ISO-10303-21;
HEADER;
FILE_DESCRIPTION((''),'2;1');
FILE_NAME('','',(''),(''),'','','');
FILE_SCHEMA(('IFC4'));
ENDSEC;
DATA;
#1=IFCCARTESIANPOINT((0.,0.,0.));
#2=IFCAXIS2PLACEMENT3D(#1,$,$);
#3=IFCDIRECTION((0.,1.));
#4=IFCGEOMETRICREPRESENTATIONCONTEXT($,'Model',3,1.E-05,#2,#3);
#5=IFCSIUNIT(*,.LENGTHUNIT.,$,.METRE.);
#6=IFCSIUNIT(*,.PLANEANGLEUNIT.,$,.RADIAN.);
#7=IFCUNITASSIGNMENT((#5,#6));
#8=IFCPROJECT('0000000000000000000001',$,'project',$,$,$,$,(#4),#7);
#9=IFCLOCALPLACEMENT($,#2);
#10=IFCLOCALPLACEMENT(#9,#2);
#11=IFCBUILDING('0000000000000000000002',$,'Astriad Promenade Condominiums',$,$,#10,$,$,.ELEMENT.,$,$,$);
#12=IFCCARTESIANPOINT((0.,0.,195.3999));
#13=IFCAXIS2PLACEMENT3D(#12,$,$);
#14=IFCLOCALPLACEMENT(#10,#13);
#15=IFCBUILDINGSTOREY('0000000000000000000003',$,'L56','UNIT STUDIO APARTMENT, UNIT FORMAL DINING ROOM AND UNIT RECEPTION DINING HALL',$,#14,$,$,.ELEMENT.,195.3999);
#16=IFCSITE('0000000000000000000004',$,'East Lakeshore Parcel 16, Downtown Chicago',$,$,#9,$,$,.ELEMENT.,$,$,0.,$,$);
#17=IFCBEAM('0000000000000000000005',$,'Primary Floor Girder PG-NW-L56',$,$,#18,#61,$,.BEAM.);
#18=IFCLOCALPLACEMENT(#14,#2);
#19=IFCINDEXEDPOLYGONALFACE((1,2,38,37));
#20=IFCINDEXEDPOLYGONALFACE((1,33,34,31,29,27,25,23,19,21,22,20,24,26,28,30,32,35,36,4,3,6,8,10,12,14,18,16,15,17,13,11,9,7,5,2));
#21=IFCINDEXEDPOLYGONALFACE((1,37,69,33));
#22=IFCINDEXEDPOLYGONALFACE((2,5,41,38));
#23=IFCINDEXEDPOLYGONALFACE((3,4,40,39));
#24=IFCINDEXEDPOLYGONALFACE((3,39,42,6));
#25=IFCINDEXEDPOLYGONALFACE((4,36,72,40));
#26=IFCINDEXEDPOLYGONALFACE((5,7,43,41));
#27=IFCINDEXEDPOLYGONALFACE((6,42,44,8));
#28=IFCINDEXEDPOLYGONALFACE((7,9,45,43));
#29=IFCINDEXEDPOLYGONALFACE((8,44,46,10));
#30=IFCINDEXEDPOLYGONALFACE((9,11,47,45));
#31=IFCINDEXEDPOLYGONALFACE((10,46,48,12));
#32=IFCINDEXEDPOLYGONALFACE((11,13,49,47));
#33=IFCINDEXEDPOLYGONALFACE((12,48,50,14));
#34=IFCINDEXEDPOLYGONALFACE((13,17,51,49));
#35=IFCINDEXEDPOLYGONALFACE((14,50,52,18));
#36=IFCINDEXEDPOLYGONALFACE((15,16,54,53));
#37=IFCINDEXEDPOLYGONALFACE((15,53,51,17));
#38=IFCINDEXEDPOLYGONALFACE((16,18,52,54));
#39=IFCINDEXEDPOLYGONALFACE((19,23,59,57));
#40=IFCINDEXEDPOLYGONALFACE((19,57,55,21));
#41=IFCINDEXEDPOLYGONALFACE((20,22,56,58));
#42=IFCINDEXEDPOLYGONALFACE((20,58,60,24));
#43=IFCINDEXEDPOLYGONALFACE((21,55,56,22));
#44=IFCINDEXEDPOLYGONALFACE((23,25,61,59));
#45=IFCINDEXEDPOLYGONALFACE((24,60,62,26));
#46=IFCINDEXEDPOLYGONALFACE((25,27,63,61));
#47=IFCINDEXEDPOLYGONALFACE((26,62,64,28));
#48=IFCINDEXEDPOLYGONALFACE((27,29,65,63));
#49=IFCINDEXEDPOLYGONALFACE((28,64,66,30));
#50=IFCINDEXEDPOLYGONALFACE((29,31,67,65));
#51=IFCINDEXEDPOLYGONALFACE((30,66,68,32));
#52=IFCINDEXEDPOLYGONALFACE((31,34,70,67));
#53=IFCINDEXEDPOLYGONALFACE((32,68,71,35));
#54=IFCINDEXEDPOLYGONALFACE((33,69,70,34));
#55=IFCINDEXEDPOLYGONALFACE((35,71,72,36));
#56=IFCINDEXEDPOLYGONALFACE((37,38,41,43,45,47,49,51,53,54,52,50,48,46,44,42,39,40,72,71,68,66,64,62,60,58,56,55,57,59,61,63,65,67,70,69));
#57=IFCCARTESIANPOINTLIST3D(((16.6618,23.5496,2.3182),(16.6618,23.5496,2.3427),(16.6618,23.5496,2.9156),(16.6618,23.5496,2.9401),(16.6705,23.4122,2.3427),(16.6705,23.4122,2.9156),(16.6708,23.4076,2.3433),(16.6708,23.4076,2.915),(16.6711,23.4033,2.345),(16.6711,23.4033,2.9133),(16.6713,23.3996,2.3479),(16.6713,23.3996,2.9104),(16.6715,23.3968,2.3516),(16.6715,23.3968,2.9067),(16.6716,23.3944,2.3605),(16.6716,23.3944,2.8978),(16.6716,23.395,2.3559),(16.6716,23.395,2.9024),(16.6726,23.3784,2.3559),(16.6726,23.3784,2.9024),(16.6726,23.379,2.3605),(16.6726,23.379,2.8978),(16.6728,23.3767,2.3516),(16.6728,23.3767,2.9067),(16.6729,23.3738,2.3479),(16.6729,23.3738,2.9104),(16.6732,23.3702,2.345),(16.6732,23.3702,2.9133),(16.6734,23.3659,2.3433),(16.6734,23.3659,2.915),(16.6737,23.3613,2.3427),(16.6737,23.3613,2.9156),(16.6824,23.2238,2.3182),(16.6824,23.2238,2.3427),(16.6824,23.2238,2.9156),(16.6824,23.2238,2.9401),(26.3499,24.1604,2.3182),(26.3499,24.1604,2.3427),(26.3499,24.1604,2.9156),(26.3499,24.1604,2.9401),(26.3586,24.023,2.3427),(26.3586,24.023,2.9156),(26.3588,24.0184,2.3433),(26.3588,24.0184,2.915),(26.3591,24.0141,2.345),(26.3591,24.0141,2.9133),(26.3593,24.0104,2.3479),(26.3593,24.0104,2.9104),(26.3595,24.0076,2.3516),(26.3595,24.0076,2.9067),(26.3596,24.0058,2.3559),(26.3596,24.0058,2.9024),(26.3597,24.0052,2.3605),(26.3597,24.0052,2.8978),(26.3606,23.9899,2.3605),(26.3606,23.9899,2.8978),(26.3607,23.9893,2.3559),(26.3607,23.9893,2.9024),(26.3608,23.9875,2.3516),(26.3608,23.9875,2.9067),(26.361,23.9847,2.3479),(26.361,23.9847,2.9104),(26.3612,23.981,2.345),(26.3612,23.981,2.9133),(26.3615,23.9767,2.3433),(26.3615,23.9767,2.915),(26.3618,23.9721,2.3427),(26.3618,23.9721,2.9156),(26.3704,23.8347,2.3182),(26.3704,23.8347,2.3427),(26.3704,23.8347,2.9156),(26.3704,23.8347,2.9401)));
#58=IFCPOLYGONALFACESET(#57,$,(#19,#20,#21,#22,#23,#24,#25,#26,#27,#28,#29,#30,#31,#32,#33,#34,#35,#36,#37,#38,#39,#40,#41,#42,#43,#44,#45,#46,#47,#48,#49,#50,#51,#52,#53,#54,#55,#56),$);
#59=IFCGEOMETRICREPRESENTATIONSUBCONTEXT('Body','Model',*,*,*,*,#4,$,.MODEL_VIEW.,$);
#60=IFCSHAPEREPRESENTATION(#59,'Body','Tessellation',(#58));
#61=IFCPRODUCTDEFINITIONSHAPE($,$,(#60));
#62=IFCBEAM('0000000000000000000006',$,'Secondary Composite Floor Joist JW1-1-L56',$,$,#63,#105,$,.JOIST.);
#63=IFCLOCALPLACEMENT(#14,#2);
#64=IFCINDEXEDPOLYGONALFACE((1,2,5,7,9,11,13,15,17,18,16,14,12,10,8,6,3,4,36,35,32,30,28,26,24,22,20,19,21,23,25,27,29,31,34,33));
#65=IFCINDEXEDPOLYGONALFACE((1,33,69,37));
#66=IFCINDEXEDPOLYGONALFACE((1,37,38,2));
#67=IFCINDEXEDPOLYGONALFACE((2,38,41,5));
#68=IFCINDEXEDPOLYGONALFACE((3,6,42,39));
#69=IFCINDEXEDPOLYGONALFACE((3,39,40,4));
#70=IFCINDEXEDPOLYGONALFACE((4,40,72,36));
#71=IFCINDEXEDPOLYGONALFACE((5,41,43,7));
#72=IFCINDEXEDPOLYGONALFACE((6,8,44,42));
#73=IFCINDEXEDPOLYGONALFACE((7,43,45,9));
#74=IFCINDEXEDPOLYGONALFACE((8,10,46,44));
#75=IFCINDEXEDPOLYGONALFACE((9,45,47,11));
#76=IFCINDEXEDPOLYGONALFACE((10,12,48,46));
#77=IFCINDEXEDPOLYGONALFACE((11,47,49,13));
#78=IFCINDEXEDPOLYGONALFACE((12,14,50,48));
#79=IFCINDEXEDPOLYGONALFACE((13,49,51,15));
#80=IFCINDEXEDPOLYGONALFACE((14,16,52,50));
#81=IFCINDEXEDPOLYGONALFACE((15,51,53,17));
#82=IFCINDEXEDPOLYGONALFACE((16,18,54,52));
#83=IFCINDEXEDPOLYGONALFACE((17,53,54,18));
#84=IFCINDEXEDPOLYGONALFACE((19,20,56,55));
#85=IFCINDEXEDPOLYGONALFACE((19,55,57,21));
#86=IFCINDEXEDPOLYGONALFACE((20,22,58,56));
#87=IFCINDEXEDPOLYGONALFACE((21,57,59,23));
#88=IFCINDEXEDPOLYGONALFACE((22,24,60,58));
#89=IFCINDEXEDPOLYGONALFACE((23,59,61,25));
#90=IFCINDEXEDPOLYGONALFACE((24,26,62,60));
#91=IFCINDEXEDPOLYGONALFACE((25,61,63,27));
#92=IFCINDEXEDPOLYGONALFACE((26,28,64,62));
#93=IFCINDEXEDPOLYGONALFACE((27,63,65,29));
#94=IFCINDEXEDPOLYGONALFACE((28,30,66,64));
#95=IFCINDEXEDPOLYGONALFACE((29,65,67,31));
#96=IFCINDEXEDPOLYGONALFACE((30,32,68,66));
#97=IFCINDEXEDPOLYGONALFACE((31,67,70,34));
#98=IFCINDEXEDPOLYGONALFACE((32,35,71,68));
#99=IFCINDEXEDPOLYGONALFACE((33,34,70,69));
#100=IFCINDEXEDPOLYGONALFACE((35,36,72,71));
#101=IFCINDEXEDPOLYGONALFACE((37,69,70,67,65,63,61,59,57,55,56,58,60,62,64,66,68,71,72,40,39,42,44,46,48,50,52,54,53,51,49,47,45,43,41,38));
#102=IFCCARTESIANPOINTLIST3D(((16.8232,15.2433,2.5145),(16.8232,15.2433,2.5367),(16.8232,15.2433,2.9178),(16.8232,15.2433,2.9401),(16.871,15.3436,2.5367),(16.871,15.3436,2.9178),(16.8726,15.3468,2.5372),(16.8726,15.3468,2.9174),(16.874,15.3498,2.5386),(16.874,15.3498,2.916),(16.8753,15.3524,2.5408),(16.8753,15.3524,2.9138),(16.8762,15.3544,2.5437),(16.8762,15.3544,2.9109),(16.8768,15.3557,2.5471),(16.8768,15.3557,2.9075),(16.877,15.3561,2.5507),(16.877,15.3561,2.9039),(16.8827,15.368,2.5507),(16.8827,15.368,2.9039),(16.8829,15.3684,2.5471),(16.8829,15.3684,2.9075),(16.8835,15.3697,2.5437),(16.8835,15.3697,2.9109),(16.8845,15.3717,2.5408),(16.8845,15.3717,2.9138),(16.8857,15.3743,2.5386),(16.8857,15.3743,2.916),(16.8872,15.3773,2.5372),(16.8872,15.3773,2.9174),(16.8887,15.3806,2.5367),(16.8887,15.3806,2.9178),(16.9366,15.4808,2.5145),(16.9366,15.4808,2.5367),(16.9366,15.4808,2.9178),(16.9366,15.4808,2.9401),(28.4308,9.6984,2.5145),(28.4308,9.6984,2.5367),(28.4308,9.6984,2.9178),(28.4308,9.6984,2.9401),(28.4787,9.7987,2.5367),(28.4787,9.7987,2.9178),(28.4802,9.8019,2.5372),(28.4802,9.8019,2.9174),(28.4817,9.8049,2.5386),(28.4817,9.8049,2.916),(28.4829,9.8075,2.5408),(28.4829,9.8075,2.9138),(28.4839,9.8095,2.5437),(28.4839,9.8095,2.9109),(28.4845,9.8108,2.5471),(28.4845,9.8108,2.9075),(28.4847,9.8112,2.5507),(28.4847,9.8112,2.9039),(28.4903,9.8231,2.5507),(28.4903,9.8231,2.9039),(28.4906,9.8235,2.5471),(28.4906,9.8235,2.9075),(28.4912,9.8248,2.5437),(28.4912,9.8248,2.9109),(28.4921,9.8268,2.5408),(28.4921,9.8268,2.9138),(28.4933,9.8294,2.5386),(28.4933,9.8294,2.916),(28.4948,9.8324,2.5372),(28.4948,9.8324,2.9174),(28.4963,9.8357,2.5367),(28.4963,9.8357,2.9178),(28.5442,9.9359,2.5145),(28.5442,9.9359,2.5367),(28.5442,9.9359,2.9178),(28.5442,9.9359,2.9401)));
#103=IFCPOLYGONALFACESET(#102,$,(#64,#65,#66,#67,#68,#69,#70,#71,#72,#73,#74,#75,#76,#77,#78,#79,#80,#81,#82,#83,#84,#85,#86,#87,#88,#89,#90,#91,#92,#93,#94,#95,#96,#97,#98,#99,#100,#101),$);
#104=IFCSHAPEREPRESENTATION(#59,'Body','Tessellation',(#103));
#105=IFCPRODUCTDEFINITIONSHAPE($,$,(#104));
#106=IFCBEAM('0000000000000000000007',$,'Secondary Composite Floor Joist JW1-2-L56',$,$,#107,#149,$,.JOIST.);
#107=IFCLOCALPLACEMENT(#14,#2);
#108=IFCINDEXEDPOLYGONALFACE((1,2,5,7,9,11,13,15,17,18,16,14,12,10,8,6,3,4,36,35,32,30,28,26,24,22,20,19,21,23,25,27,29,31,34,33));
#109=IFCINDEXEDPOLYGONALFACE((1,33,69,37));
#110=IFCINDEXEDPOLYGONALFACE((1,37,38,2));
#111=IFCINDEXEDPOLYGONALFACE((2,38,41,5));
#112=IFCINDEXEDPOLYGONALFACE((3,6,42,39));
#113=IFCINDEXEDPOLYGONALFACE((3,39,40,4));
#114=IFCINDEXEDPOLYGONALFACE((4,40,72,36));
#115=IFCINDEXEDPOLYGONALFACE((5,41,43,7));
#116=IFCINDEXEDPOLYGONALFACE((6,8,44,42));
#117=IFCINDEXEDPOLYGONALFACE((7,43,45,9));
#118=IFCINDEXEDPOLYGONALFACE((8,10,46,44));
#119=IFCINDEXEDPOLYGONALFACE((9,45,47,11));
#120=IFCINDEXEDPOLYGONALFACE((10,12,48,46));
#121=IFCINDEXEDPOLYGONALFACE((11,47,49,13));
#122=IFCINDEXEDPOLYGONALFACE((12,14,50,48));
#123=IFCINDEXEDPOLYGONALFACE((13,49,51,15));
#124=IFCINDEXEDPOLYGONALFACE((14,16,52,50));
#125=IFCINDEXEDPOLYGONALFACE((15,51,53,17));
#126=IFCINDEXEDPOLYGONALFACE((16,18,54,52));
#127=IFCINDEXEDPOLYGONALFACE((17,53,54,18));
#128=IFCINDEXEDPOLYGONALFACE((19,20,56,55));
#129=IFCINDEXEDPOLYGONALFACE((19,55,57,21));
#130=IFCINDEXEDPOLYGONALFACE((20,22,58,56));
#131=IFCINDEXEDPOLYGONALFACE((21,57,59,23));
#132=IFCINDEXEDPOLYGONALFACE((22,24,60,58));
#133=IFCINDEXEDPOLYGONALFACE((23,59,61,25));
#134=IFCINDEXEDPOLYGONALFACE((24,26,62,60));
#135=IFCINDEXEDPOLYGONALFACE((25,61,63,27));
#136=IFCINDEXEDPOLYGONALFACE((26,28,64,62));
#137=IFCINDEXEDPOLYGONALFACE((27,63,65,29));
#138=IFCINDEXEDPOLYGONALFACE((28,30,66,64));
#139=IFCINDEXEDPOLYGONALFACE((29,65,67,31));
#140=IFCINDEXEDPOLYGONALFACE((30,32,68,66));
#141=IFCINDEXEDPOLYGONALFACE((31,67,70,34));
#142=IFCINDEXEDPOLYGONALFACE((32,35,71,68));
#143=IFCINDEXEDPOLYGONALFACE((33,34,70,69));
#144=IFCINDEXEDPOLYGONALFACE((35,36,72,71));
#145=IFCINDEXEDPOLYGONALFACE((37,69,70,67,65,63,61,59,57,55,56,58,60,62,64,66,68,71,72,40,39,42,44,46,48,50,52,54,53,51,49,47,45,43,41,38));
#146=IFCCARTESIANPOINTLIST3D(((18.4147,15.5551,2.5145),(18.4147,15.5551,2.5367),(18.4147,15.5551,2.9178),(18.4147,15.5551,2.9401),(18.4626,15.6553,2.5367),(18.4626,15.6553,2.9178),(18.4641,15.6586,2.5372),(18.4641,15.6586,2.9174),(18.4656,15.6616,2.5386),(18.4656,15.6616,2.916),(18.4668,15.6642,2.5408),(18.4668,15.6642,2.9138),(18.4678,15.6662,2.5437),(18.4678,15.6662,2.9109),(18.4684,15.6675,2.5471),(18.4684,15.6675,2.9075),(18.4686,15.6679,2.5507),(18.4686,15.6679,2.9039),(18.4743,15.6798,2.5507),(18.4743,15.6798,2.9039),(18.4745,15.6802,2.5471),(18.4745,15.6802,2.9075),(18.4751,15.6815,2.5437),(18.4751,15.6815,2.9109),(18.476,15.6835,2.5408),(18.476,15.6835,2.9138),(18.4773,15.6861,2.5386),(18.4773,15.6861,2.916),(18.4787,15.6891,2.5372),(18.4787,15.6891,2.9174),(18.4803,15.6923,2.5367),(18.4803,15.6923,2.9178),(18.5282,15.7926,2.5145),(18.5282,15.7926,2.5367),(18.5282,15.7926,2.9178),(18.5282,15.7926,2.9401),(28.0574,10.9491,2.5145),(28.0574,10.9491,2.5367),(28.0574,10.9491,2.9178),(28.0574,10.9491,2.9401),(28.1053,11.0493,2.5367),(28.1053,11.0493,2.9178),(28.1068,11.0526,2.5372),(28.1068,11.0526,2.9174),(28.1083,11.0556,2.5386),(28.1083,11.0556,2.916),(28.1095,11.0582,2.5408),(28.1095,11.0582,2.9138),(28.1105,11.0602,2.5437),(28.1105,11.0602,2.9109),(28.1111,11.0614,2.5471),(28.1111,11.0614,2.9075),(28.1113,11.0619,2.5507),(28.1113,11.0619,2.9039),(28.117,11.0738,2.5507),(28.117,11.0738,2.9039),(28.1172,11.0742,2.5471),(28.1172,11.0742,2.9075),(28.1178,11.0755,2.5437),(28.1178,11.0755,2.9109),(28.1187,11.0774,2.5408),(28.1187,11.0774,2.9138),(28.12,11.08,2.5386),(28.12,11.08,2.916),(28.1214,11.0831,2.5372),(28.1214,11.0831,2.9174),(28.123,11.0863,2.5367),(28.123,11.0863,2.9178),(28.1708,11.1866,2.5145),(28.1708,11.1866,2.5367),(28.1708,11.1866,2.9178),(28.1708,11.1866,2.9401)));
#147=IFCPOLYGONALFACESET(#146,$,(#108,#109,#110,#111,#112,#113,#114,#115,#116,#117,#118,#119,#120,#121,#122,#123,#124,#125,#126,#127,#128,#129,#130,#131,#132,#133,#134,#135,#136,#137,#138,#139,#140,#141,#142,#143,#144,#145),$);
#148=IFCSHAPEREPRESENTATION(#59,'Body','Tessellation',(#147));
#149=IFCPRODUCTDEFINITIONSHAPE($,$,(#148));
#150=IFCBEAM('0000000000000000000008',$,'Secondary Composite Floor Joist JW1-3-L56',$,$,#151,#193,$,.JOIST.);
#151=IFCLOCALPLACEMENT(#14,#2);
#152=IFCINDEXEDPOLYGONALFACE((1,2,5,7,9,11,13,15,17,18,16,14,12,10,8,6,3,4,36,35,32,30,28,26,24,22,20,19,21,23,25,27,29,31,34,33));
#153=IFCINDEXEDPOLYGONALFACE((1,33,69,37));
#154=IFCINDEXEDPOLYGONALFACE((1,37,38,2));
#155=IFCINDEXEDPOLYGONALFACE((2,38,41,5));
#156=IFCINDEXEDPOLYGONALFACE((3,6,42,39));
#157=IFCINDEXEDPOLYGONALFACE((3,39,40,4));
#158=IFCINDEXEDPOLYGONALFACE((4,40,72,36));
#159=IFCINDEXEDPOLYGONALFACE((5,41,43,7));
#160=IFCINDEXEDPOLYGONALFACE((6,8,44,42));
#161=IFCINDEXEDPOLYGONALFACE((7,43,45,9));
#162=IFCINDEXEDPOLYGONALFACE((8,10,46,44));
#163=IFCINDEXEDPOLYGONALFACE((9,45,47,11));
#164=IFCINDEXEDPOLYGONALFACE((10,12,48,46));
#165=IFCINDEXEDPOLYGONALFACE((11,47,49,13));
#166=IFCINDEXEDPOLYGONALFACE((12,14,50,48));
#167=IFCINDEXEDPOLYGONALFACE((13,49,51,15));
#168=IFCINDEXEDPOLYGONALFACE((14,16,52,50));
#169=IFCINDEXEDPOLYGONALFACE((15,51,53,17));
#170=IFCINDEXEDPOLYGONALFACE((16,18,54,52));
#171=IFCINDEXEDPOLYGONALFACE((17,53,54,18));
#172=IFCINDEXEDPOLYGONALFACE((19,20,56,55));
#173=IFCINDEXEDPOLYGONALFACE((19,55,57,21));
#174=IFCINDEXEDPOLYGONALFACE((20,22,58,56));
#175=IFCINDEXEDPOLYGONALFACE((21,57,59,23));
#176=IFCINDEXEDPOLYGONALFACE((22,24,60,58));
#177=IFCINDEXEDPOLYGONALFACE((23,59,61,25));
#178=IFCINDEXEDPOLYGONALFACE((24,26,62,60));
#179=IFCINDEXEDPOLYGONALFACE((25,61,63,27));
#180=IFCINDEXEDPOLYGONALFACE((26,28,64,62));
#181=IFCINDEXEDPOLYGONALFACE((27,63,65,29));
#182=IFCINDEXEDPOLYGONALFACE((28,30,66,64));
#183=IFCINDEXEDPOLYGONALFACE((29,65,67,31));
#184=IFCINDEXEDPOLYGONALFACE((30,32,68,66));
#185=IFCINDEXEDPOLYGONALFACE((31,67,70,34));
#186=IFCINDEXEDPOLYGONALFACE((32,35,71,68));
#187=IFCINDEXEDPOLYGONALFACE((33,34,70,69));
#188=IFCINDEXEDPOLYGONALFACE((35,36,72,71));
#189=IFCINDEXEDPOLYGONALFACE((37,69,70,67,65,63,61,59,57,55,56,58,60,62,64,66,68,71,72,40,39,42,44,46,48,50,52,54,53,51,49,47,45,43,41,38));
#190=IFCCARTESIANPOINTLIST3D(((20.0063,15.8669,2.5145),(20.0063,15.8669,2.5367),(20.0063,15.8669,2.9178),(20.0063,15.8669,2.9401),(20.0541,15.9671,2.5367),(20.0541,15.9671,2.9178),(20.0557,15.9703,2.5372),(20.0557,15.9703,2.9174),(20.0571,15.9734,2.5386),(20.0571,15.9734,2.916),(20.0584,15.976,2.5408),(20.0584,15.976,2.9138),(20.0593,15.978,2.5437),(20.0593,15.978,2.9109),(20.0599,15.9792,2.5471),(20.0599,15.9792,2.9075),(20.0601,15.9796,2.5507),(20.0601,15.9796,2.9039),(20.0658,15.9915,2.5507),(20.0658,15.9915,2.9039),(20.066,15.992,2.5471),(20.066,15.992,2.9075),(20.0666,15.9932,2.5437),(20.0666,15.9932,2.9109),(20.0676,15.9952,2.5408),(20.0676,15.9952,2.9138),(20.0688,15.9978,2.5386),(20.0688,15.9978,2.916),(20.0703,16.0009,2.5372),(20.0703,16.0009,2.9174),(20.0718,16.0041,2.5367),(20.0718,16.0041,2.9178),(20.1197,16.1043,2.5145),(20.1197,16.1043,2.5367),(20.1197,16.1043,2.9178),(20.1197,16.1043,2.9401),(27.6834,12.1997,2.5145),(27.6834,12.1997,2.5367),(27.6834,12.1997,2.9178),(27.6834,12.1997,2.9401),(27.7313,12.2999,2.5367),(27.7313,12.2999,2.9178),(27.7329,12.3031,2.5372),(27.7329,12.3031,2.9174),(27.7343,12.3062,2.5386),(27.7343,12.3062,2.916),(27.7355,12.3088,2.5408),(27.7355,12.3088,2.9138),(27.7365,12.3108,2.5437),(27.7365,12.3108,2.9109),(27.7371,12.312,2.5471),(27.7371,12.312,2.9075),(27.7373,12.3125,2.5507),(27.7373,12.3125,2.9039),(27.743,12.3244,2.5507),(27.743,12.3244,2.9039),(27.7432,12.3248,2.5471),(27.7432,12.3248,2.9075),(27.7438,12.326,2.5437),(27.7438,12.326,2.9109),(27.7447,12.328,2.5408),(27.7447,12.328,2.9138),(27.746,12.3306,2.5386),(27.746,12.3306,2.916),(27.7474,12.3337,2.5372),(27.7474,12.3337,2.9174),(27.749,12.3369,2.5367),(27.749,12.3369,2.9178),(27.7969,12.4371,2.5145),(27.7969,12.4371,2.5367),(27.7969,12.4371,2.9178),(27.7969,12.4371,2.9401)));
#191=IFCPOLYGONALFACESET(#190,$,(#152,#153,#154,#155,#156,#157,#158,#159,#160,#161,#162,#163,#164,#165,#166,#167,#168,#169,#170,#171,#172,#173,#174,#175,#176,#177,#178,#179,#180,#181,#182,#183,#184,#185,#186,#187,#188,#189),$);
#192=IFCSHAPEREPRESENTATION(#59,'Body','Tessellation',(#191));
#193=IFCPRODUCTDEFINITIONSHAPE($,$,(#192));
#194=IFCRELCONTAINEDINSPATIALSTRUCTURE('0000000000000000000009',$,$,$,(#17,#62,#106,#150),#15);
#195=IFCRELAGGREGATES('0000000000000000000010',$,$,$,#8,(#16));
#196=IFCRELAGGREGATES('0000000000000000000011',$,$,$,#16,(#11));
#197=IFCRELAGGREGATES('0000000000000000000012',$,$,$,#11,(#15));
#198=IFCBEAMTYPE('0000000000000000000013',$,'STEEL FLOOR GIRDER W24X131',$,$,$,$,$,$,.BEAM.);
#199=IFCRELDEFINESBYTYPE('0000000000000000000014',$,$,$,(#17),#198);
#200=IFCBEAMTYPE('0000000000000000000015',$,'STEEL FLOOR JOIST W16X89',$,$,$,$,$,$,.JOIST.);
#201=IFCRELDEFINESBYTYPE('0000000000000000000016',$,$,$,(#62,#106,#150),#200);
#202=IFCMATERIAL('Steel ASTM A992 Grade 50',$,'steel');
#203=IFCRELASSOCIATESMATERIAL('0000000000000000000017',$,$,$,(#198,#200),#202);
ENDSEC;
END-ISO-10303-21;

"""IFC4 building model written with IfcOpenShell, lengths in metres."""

from ifc_helpers import new_model, si_unit, direction, frame, origin, origin_2d, place, context, subcontext, project, spatial, i_section, extrude, source, transform, mapped, material, material_profile, profile_set, type_object, type_shapes, element, save


model = new_model("IFC4")

# Units and contexts
model_context = context("Model", 3, precision=1e-05, world=origin(), true_north=direction((0.0, 1.0)))
body_context = subcontext(model_context, "Body", "Model", "MODEL_VIEW")
ifc_project = project(units=[si_unit("LENGTHUNIT", "METRE"), si_unit("PLANEANGLEUNIT", "RADIAN")], contexts=[model_context])

# Site, building, storey
site_placement = place(None, origin())
site = spatial("IfcSite", under=ifc_project, at=site_placement, Name="East Lakeshore Parcel 16, Downtown Chicago", CompositionType="ELEMENT", RefElevation=0.0)
building_placement = place(site_placement, origin())
building = spatial("IfcBuilding", under=site, at=building_placement, Name="Astriad Promenade Condominiums", CompositionType="ELEMENT")
storey_placement = place(building_placement, frame((0.0, 0.0, 195.3999)))
storey = spatial("IfcBuildingStorey", under=building, at=storey_placement, Name="L56", Description="UNIT STUDIO APARTMENT, UNIT FORMAL DINING ROOM AND UNIT RECEPTION DINING HALL", CompositionType="ELEMENT", Elevation=195.3999)

# Beams
ifc_material_1 = material(Name="Steel ASTM A992 Grade 50", Category="steel")
ifc_material_profile_1 = material_profile(ifc_material_1, i_section(OverallWidth=0.3264, OverallDepth=0.6218, WebThickness=0.0154, FlangeThickness=0.0244, FilletRadius=0.0178, at=origin_2d()), Name="W24X131")
ifc_profile_set_1 = profile_set([ifc_material_profile_1], Name="Steel ASTM A992 Grade 50")
beam_type_1 = type_object("IfcBeamType", Name="STEEL FLOOR GIRDER W24X131", PredefinedType="BEAM", material=ifc_profile_set_1)
shared_shape_1 = source(origin(), body_context, "Body", "SweptSolid", [
    extrude(i_section(OverallWidth=0.3264, OverallDepth=0.6218, WebThickness=0.0154, FlangeThickness=0.0244, FilletRadius=0.0178, at=origin_2d()), origin(), (0.0, 0.0, 1.0), 9.7073),
])
type_shapes(beam_type_1, [shared_shape_1])
beam_1_placement = place(storey_placement, frame((16.6721, 23.3867, 2.6292), z_axis=(0.998018, 0.062926, 0.0), x_axis=(-0.062926, 0.998018, 0.0)))
element("IfcBeam", 1, at=beam_1_placement, inside=storey, type_object=beam_type_1, Name="Primary Floor Girder PG-NW-L56", PredefinedType="BEAM", context=body_context, shape_type="MappedRepresentation", body=[
    mapped(shared_shape_1, transform((0.0, 0.0, 0.0), scale=1.0)),
])
ifc_material_profile_2 = material_profile(ifc_material_1, i_section(OverallWidth=0.2632, OverallDepth=0.4255, WebThickness=0.0132, FlangeThickness=0.0222, FilletRadius=0.0139, at=origin_2d()), Name="W16X89")
ifc_profile_set_2 = profile_set([ifc_material_profile_2], Name="Steel ASTM A992 Grade 50")
beam_type_2 = type_object("IfcBeamType", Name="STEEL FLOOR JOIST W16X89", PredefinedType="JOIST", material=ifc_profile_set_2)
shared_shape_2 = source(origin(), body_context, "Body", "SweptSolid", [
    extrude(i_section(OverallWidth=0.2632, OverallDepth=0.4255, WebThickness=0.0132, FlangeThickness=0.0222, FilletRadius=0.0139, at=origin_2d()), origin(), (0.0, 0.0, 1.0), 12.864),
])
beam_2_placement = place(storey_placement, frame((16.8799, 15.3621, 2.7273), z_axis=(0.902333, -0.43104, 0.0), x_axis=(0.43104, 0.902333, 0.0)))
element("IfcBeam", 2, at=beam_2_placement, inside=storey, type_object=beam_type_2, Name="Secondary Composite Floor Joist JW1-1-L56", PredefinedType="JOIST", context=body_context, shape_type="MappedRepresentation", body=[
    mapped(shared_shape_2, transform((0.0, 0.0, 0.0), scale=1.0)),
])
shared_shape_3 = source(origin(), body_context, "Body", "SweptSolid", [
    extrude(i_section(OverallWidth=0.2632, OverallDepth=0.4255, WebThickness=0.0132, FlangeThickness=0.0222, FilletRadius=0.0139, at=origin_2d()), origin(), (0.0, 0.0, 1.0), 10.6863),
])
beam_3_placement = place(storey_placement, frame((18.4714, 15.6738, 2.7273), z_axis=(0.902342, -0.431021, 0.0), x_axis=(0.431021, 0.902342, 0.0)))
element("IfcBeam", 3, at=beam_3_placement, inside=storey, type_object=beam_type_2, Name="Secondary Composite Floor Joist JW1-2-L56", PredefinedType="JOIST", context=body_context, shape_type="MappedRepresentation", body=[
    mapped(shared_shape_3, transform((0.0, 0.0, 0.0), scale=1.0)),
])
shared_shape_4 = source(origin(), body_context, "Body", "SweptSolid", [
    extrude(i_section(OverallWidth=0.2632, OverallDepth=0.4255, WebThickness=0.0132, FlangeThickness=0.0222, FilletRadius=0.0139, at=origin_2d()), origin(), (0.0, 0.0, 1.0), 8.5081),
])
beam_4_placement = place(storey_placement, frame((20.063, 15.9856, 2.7273), z_axis=(0.90234, -0.431026, 0.0), x_axis=(0.431026, 0.90234, 0.0)))
element("IfcBeam", 4, at=beam_4_placement, inside=storey, type_object=beam_type_2, Name="Secondary Composite Floor Joist JW1-3-L56", PredefinedType="JOIST", context=body_context, shape_type="MappedRepresentation", body=[
    mapped(shared_shape_4, transform((0.0, 0.0, 0.0), scale=1.0)),
])

save(model, "model.ifc")
